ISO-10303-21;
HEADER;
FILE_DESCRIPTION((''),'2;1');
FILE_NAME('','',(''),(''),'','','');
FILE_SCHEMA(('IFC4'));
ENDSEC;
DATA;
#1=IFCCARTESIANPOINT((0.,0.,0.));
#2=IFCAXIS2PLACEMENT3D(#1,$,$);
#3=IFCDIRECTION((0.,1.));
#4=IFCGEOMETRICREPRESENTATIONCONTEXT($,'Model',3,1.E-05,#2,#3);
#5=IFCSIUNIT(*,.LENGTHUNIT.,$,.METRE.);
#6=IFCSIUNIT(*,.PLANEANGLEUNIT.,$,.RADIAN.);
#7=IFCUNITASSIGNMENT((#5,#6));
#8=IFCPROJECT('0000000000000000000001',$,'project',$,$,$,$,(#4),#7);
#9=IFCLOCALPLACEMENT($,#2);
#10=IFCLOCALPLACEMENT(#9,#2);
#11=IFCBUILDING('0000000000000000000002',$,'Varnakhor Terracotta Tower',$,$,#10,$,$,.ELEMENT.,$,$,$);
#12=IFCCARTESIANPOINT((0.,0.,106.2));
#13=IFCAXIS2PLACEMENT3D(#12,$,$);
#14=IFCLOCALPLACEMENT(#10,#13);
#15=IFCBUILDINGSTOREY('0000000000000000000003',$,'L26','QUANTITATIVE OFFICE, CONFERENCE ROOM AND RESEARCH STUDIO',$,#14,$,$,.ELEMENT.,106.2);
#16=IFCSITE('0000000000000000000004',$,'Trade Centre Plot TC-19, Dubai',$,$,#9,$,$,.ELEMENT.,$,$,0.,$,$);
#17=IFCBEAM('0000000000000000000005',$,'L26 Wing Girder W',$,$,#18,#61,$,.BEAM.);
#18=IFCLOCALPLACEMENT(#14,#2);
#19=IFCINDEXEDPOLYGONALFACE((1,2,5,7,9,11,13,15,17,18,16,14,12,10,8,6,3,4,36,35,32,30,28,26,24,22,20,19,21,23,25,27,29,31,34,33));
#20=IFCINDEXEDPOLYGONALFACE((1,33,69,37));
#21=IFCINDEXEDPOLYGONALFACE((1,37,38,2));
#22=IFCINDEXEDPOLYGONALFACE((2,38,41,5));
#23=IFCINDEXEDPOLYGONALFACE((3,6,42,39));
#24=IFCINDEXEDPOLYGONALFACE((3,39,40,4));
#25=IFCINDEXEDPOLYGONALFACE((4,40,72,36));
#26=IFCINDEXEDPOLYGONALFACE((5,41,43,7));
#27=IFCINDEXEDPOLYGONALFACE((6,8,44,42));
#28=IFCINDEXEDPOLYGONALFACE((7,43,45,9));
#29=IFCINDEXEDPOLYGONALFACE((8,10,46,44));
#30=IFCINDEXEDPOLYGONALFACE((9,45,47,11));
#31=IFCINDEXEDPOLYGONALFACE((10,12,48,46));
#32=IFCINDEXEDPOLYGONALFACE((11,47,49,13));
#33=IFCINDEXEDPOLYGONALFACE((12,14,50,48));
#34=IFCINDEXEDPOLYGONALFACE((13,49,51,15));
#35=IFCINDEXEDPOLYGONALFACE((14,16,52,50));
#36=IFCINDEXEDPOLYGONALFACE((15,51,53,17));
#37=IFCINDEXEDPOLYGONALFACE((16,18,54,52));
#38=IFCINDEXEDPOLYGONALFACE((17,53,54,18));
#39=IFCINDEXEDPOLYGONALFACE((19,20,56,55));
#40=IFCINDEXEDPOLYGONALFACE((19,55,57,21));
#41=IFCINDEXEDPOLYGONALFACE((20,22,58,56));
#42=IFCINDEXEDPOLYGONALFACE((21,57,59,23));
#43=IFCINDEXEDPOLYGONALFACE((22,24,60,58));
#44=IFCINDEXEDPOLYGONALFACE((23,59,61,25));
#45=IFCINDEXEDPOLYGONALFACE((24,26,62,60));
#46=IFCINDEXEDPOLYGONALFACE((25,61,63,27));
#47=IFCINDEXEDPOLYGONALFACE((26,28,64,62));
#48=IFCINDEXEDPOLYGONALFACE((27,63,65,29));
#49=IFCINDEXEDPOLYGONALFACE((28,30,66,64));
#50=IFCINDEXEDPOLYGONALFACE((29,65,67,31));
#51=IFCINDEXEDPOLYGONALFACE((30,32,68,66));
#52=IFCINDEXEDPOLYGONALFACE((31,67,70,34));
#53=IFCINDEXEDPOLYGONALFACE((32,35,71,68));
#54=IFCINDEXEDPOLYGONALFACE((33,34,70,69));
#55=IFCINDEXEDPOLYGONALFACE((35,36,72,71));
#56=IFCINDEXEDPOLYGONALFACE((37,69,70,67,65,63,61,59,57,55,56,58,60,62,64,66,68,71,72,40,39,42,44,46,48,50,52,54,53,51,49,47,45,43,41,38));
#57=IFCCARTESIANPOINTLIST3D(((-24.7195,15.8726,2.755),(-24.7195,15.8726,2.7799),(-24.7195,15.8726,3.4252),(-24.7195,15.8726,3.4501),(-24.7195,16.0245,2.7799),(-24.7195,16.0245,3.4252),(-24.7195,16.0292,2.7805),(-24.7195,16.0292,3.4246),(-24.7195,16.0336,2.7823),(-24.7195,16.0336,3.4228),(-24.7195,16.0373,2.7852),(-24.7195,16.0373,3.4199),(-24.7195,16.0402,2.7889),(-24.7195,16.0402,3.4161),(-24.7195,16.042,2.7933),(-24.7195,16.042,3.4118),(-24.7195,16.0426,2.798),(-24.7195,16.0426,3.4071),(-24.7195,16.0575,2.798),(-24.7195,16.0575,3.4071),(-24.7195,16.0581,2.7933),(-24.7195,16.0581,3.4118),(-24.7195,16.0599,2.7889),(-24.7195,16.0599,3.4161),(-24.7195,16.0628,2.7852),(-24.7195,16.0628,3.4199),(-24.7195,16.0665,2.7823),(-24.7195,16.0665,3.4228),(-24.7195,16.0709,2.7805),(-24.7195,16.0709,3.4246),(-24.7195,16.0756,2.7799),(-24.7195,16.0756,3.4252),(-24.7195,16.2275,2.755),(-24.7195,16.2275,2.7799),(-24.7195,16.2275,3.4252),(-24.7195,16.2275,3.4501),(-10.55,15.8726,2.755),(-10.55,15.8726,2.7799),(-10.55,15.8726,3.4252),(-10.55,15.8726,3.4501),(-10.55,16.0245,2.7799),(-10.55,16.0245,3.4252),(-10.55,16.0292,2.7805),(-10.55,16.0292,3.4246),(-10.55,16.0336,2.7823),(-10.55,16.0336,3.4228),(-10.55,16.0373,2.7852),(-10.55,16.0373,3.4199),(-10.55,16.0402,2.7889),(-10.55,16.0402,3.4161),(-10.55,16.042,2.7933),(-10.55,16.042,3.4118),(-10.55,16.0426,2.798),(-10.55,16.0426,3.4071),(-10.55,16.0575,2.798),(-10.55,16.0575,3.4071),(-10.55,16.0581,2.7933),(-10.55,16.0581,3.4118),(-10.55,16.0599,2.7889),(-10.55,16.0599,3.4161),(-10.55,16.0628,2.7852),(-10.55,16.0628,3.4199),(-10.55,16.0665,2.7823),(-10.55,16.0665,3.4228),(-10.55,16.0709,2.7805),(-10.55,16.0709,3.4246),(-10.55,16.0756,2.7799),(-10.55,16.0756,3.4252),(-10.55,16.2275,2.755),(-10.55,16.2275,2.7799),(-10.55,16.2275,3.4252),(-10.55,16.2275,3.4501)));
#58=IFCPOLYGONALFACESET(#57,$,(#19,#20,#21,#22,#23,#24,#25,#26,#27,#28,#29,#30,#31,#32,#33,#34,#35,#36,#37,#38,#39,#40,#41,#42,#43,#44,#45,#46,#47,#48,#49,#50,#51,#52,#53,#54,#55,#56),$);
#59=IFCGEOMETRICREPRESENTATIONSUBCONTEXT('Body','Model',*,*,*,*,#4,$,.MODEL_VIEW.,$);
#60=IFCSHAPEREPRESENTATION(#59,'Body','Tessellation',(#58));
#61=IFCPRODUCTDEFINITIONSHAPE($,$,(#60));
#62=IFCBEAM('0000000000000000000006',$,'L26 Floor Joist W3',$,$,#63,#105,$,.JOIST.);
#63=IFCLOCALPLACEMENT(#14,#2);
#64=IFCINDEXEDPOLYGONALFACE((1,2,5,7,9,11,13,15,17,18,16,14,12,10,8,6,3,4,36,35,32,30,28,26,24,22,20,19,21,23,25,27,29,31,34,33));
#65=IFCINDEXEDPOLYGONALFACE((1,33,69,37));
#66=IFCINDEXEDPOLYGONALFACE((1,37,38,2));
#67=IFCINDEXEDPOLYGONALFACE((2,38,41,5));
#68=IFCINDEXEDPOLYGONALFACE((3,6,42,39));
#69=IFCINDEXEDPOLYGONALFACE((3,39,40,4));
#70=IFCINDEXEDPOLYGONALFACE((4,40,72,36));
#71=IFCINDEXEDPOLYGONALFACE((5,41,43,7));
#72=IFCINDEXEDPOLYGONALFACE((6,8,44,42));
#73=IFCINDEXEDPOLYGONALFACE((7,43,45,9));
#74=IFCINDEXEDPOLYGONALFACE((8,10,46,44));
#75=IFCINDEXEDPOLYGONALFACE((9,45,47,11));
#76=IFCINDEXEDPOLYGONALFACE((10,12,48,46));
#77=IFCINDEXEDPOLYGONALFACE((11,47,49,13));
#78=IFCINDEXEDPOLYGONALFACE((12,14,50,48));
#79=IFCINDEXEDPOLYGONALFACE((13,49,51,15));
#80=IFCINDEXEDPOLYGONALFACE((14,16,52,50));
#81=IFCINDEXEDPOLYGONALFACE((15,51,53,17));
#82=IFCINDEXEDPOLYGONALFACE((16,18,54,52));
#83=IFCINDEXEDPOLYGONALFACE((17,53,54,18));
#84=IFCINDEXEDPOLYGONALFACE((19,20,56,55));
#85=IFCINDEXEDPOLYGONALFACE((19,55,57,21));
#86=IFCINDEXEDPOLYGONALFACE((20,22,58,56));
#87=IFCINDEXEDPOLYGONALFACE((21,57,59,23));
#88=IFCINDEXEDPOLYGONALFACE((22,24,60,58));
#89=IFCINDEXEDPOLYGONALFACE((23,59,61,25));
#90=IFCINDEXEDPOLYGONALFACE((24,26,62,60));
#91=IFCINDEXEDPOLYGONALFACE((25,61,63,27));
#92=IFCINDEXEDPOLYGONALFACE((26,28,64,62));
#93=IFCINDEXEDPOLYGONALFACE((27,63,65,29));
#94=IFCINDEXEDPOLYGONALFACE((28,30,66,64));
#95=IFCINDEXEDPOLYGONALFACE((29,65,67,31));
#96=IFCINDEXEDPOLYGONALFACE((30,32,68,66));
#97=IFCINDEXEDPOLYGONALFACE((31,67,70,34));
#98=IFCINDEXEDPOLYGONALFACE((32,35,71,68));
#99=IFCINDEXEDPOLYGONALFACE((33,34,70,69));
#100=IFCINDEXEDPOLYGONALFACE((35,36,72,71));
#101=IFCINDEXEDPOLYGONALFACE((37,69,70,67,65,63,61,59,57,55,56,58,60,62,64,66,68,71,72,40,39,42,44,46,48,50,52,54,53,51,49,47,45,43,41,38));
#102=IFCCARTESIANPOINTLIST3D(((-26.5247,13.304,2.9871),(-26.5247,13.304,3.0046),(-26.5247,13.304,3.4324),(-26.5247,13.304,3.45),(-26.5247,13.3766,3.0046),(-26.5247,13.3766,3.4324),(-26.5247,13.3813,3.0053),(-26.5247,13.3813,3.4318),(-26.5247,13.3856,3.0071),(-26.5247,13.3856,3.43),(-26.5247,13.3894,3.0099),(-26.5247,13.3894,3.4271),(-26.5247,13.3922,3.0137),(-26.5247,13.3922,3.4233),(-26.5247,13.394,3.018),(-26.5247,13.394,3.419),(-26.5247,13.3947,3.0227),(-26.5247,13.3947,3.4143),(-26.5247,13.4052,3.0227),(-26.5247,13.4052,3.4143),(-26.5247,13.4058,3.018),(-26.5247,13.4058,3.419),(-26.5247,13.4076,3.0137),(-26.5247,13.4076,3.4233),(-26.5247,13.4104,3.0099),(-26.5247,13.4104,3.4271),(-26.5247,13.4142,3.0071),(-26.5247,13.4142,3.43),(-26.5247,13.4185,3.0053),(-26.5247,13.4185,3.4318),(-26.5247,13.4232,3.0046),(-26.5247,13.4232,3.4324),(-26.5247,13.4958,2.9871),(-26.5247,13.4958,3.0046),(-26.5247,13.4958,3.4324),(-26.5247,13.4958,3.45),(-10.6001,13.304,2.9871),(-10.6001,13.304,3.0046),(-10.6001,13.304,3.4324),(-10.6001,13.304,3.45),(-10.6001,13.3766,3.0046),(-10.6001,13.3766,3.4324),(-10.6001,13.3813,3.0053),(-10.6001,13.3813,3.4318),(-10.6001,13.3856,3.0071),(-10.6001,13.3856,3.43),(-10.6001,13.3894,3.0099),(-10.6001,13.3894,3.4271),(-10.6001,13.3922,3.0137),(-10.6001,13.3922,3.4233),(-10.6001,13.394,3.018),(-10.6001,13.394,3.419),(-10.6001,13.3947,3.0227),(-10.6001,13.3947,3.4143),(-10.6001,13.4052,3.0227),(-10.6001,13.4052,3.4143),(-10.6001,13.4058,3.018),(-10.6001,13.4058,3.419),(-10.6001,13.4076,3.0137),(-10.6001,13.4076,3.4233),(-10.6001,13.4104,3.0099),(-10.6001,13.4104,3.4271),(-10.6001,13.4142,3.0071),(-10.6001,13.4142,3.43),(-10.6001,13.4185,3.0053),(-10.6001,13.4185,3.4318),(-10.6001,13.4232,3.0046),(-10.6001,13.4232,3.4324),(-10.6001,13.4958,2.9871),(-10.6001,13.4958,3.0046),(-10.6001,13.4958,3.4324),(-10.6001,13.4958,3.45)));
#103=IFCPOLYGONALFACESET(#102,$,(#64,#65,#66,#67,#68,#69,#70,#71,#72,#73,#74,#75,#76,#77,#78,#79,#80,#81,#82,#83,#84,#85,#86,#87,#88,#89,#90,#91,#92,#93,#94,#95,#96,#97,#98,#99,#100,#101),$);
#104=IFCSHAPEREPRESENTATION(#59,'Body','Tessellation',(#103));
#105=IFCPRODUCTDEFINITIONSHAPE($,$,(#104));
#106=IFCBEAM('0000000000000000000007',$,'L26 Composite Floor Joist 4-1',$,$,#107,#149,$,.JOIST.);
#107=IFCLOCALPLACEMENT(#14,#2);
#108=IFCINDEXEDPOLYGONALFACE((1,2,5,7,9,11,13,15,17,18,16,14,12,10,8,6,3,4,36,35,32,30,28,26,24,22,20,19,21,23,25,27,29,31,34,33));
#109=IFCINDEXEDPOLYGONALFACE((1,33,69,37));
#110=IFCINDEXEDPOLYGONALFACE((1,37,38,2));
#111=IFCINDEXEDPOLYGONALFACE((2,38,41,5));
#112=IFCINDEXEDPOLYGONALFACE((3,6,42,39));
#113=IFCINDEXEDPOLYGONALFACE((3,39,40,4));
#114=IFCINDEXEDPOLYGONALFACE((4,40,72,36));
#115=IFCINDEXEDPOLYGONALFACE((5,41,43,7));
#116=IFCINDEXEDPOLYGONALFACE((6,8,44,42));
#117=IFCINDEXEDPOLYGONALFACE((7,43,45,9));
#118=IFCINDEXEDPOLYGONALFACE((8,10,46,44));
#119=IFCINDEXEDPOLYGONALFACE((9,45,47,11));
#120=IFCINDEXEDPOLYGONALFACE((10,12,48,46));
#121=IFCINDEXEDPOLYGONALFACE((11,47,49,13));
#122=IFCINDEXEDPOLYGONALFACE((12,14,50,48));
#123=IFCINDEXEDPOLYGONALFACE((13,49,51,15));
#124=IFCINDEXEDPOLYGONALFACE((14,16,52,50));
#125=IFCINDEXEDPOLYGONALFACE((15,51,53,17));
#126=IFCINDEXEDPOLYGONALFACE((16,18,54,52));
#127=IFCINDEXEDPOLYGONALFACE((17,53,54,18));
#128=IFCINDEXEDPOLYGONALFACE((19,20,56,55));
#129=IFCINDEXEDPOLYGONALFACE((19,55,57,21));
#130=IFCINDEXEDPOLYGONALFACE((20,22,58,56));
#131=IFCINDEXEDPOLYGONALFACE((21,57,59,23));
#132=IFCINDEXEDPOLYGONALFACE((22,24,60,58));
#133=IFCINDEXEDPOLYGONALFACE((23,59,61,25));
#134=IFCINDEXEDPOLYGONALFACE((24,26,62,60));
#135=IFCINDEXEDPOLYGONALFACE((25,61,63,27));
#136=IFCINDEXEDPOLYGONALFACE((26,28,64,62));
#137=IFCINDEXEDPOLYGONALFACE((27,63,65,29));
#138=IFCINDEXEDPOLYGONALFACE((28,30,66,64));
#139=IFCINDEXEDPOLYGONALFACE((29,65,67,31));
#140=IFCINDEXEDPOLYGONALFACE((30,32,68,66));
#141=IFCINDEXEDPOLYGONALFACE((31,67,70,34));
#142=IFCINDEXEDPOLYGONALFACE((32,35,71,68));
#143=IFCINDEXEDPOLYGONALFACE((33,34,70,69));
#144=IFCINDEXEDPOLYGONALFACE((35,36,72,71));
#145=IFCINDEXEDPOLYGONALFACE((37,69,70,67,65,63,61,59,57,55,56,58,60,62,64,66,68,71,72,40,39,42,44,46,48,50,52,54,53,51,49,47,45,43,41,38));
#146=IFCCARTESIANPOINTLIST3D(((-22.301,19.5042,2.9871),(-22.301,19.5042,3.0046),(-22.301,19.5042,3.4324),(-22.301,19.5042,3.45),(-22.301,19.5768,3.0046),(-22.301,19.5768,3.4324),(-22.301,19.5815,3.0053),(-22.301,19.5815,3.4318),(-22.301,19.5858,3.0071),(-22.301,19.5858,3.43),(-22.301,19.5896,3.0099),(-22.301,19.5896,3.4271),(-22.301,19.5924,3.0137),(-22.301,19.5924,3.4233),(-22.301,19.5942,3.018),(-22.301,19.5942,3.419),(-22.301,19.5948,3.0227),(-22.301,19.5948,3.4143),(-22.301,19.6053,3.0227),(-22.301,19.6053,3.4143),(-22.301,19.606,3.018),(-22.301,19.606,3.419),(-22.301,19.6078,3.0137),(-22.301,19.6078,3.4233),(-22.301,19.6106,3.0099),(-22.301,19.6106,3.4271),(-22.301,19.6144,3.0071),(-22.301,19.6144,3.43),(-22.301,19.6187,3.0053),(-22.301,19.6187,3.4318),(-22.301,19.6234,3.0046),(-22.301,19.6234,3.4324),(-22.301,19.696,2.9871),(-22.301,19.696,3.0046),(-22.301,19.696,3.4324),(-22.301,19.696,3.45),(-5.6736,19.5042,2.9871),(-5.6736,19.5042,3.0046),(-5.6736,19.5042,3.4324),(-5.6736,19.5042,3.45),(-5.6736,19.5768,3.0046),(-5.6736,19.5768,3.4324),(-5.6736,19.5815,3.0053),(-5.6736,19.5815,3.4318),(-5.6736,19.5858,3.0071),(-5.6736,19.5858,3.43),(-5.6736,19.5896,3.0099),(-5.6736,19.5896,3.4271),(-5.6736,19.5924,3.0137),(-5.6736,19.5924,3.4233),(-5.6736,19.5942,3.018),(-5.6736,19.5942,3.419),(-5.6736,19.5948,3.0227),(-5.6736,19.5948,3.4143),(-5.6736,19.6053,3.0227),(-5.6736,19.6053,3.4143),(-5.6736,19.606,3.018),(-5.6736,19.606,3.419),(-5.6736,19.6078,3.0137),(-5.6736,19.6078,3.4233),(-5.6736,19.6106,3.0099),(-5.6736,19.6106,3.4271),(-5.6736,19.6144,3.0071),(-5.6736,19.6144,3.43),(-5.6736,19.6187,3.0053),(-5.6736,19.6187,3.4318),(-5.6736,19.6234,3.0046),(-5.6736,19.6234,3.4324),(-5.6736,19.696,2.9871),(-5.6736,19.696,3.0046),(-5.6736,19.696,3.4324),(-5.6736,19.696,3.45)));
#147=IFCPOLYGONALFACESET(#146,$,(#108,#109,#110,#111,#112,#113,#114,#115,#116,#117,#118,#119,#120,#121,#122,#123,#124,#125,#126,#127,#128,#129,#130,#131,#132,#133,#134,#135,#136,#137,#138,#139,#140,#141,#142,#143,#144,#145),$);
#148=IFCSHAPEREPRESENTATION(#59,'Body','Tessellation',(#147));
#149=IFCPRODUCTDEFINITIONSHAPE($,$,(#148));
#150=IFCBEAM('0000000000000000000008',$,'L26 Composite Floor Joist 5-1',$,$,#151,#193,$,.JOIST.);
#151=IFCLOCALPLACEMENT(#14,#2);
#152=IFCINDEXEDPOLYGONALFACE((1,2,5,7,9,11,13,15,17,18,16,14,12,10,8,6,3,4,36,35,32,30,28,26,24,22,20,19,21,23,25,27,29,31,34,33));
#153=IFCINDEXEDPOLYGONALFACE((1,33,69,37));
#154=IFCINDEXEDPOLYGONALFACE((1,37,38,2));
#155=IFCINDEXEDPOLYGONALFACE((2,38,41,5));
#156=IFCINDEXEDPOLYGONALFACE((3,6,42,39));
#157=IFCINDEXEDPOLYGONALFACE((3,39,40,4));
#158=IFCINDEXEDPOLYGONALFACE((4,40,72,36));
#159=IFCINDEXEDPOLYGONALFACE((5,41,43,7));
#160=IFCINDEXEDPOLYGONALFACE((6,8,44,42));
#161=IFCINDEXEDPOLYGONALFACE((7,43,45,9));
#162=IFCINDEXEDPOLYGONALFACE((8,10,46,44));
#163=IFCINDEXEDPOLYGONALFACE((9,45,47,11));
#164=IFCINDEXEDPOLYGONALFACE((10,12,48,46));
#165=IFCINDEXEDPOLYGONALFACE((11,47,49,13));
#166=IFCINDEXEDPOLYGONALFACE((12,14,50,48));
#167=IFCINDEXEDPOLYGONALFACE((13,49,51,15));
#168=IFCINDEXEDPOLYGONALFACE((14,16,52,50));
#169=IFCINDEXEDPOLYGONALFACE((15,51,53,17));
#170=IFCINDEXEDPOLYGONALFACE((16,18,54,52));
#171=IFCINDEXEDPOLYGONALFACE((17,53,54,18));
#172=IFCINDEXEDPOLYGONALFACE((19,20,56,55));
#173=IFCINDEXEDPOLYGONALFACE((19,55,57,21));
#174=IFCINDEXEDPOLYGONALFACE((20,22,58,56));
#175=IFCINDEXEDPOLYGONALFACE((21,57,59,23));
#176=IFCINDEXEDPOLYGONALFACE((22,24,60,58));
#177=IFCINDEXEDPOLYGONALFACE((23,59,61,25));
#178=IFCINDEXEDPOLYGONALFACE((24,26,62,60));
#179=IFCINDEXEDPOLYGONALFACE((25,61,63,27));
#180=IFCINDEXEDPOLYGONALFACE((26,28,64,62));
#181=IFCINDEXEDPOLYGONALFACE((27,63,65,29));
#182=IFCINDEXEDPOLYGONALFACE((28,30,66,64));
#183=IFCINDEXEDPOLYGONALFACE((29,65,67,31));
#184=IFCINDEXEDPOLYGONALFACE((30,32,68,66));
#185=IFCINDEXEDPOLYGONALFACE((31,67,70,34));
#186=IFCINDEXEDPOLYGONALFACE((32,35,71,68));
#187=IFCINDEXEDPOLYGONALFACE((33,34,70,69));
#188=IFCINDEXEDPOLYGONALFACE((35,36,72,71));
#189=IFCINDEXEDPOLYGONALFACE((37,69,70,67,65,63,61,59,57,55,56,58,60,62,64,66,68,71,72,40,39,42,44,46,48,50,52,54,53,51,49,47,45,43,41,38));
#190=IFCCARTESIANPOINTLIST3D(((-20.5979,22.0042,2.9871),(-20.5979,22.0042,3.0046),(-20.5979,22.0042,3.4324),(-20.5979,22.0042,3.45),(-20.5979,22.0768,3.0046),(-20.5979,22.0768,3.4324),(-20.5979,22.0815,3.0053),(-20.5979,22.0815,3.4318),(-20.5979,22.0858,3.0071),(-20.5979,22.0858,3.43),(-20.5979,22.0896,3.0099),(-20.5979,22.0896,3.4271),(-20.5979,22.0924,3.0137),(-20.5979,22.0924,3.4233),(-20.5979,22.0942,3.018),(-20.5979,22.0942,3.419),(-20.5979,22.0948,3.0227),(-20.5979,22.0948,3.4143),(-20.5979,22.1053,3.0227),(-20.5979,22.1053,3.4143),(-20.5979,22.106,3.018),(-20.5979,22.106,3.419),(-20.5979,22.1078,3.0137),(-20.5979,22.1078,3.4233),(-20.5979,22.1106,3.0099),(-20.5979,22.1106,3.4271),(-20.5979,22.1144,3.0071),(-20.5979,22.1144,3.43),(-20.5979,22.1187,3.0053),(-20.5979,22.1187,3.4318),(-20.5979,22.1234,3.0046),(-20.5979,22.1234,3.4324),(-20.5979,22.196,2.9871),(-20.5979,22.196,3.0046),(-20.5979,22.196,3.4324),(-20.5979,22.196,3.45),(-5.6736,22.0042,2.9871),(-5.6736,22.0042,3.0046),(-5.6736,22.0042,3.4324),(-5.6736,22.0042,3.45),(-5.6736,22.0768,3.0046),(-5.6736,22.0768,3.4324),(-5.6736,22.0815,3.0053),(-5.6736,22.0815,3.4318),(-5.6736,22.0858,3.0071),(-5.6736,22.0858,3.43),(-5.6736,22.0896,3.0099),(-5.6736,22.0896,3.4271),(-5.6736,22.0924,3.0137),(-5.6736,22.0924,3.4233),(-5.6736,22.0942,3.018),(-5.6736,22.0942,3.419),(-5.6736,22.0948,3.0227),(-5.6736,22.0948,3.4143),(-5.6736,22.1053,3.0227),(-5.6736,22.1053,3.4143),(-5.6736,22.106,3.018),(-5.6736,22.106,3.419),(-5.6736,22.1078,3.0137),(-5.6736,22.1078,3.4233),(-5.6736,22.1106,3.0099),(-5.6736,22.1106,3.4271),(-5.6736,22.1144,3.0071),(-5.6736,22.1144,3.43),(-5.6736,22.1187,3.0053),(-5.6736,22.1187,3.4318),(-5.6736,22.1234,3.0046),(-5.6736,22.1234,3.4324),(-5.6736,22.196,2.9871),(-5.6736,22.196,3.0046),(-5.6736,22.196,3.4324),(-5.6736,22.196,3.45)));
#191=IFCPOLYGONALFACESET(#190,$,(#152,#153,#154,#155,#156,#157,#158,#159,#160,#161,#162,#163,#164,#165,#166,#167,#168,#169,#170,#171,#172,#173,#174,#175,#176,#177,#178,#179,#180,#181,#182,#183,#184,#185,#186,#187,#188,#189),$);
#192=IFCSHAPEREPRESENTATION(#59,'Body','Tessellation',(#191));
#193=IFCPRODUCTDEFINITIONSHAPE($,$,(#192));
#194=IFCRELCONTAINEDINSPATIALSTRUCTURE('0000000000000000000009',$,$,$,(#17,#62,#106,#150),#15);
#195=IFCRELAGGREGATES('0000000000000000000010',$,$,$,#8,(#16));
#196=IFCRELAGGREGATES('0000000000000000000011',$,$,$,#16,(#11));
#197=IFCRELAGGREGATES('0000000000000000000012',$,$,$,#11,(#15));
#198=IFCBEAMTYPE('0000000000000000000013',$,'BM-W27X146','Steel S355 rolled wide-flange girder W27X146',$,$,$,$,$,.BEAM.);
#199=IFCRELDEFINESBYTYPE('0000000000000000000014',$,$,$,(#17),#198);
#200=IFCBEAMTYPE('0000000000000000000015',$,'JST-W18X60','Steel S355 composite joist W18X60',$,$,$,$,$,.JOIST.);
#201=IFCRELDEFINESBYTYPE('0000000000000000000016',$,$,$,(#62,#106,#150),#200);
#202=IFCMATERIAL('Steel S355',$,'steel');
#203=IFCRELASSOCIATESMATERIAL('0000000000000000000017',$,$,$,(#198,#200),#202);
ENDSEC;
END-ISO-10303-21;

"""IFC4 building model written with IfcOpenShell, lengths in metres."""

from ifc_helpers import new_model, si_unit, direction, frame, origin, origin_2d, place, context, subcontext, project, spatial, i_section, extrude, source, transform, mapped, material, material_profile, profile_set, type_object, element, save


model = new_model("IFC4")

# Units and contexts
model_context = context("Model", 3, precision=1e-05, world=origin(), true_north=direction((0.0, 1.0)))
body_context = subcontext(model_context, "Body", "Model", "MODEL_VIEW")
ifc_project = project(units=[si_unit("LENGTHUNIT", "METRE"), si_unit("PLANEANGLEUNIT", "RADIAN")], contexts=[model_context])

# Site, building, storey
site_placement = place(None, origin())
site = spatial("IfcSite", under=ifc_project, at=site_placement, Name="Trade Centre Plot TC-19, Dubai", CompositionType="ELEMENT", RefElevation=0.0)
building_placement = place(site_placement, origin())
building = spatial("IfcBuilding", under=site, at=building_placement, Name="Varnakhor Terracotta Tower", CompositionType="ELEMENT")
storey_placement = place(building_placement, frame((0.0, 0.0, 106.2)))
storey = spatial("IfcBuildingStorey", under=building, at=storey_placement, Name="L26", Description="QUANTITATIVE OFFICE, CONFERENCE ROOM AND RESEARCH STUDIO", CompositionType="ELEMENT", Elevation=106.2)

# Beams
ifc_material_1 = material(Name="Steel S355", Category="steel")
ifc_material_profile_1 = material_profile(ifc_material_1, i_section(OverallWidth=0.355, OverallDepth=0.6951, WebThickness=0.0149, FlangeThickness=0.0249, FilletRadius=0.0181, at=origin_2d()), Name="W27X146")
ifc_profile_set_1 = profile_set([ifc_material_profile_1], Name="Steel S355")
beam_type_1 = type_object("IfcBeamType", Name="BM-W27X146", Description="Steel S355 rolled wide-flange girder W27X146", PredefinedType="BEAM", material=ifc_profile_set_1)
shared_shape_1 = source(origin(), body_context, "Body", "SweptSolid", [
    extrude(i_section(OverallWidth=0.355, OverallDepth=0.6951, WebThickness=0.0149, FlangeThickness=0.0249, FilletRadius=0.0181, at=origin_2d()), origin(), (0.0, 0.0, 1.0), 14.1694),
])
beam_1_placement = place(storey_placement, frame((-24.7195, 16.05, 3.1025), z_axis=(1.0, 0.0, 0.0), x_axis=(0.0, 1.0, 0.0)))
element("IfcBeam", 1, at=beam_1_placement, inside=storey, type_object=beam_type_1, Name="L26 Wing Girder W", PredefinedType="BEAM", context=body_context, shape_type="MappedRepresentation", body=[
    mapped(shared_shape_1, transform((0.0, 0.0, 0.0), scale=1.0)),
])
ifc_material_profile_2 = material_profile(ifc_material_1, i_section(OverallWidth=0.1919, OverallDepth=0.4629, WebThickness=0.0105, FlangeThickness=0.0176, FilletRadius=0.0181, at=origin_2d()), Name="W18X60")
ifc_profile_set_2 = profile_set([ifc_material_profile_2], Name="Steel S355")
beam_type_2 = type_object("IfcBeamType", Name="JST-W18X60", Description="Steel S355 composite joist W18X60", PredefinedType="JOIST", material=ifc_profile_set_2)
shared_shape_2 = source(origin(), body_context, "Body", "SweptSolid", [
    extrude(i_section(OverallWidth=0.1919, OverallDepth=0.4629, WebThickness=0.0105, FlangeThickness=0.0176, FilletRadius=0.0181, at=origin_2d()), origin(), (0.0, 0.0, 1.0), 15.9246),
])
beam_2_placement = place(storey_placement, frame((-26.5247, 13.3999, 3.2185), z_axis=(1.0, 0.0, 0.0), x_axis=(0.0, 1.0, 0.0)))
element("IfcBeam", 2, at=beam_2_placement, inside=storey, type_object=beam_type_2, Name="L26 Floor Joist W3", PredefinedType="JOIST", context=body_context, shape_type="MappedRepresentation", body=[
    mapped(shared_shape_2, transform((0.0, 0.0, 0.0), scale=1.0)),
])
shared_shape_3 = source(origin(), body_context, "Body", "SweptSolid", [
    extrude(i_section(OverallWidth=0.1919, OverallDepth=0.4629, WebThickness=0.0105, FlangeThickness=0.0176, FilletRadius=0.0181, at=origin_2d()), origin(), (0.0, 0.0, 1.0), 16.6274),
])
beam_3_placement = place(storey_placement, frame((-22.301, 19.6001, 3.2185), z_axis=(1.0, 0.0, 0.0), x_axis=(0.0, 1.0, 0.0)))
element("IfcBeam", 3, at=beam_3_placement, inside=storey, type_object=beam_type_2, Name="L26 Composite Floor Joist 4-1", PredefinedType="JOIST", context=body_context, shape_type="MappedRepresentation", body=[
    mapped(shared_shape_3, transform((0.0, 0.0, 0.0), scale=1.0)),
])
shared_shape_4 = source(origin(), body_context, "Body", "SweptSolid", [
    extrude(i_section(OverallWidth=0.1919, OverallDepth=0.4629, WebThickness=0.0105, FlangeThickness=0.0176, FilletRadius=0.0181, at=origin_2d()), origin(), (0.0, 0.0, 1.0), 14.9243),
])
beam_4_placement = place(storey_placement, frame((-20.5979, 22.1001, 3.2185), z_axis=(1.0, 0.0, 0.0), x_axis=(0.0, 1.0, 0.0)))
element("IfcBeam", 4, at=beam_4_placement, inside=storey, type_object=beam_type_2, Name="L26 Composite Floor Joist 5-1", PredefinedType="JOIST", context=body_context, shape_type="MappedRepresentation", body=[
    mapped(shared_shape_4, transform((0.0, 0.0, 0.0), scale=1.0)),
])

save(model, "model.ifc")
